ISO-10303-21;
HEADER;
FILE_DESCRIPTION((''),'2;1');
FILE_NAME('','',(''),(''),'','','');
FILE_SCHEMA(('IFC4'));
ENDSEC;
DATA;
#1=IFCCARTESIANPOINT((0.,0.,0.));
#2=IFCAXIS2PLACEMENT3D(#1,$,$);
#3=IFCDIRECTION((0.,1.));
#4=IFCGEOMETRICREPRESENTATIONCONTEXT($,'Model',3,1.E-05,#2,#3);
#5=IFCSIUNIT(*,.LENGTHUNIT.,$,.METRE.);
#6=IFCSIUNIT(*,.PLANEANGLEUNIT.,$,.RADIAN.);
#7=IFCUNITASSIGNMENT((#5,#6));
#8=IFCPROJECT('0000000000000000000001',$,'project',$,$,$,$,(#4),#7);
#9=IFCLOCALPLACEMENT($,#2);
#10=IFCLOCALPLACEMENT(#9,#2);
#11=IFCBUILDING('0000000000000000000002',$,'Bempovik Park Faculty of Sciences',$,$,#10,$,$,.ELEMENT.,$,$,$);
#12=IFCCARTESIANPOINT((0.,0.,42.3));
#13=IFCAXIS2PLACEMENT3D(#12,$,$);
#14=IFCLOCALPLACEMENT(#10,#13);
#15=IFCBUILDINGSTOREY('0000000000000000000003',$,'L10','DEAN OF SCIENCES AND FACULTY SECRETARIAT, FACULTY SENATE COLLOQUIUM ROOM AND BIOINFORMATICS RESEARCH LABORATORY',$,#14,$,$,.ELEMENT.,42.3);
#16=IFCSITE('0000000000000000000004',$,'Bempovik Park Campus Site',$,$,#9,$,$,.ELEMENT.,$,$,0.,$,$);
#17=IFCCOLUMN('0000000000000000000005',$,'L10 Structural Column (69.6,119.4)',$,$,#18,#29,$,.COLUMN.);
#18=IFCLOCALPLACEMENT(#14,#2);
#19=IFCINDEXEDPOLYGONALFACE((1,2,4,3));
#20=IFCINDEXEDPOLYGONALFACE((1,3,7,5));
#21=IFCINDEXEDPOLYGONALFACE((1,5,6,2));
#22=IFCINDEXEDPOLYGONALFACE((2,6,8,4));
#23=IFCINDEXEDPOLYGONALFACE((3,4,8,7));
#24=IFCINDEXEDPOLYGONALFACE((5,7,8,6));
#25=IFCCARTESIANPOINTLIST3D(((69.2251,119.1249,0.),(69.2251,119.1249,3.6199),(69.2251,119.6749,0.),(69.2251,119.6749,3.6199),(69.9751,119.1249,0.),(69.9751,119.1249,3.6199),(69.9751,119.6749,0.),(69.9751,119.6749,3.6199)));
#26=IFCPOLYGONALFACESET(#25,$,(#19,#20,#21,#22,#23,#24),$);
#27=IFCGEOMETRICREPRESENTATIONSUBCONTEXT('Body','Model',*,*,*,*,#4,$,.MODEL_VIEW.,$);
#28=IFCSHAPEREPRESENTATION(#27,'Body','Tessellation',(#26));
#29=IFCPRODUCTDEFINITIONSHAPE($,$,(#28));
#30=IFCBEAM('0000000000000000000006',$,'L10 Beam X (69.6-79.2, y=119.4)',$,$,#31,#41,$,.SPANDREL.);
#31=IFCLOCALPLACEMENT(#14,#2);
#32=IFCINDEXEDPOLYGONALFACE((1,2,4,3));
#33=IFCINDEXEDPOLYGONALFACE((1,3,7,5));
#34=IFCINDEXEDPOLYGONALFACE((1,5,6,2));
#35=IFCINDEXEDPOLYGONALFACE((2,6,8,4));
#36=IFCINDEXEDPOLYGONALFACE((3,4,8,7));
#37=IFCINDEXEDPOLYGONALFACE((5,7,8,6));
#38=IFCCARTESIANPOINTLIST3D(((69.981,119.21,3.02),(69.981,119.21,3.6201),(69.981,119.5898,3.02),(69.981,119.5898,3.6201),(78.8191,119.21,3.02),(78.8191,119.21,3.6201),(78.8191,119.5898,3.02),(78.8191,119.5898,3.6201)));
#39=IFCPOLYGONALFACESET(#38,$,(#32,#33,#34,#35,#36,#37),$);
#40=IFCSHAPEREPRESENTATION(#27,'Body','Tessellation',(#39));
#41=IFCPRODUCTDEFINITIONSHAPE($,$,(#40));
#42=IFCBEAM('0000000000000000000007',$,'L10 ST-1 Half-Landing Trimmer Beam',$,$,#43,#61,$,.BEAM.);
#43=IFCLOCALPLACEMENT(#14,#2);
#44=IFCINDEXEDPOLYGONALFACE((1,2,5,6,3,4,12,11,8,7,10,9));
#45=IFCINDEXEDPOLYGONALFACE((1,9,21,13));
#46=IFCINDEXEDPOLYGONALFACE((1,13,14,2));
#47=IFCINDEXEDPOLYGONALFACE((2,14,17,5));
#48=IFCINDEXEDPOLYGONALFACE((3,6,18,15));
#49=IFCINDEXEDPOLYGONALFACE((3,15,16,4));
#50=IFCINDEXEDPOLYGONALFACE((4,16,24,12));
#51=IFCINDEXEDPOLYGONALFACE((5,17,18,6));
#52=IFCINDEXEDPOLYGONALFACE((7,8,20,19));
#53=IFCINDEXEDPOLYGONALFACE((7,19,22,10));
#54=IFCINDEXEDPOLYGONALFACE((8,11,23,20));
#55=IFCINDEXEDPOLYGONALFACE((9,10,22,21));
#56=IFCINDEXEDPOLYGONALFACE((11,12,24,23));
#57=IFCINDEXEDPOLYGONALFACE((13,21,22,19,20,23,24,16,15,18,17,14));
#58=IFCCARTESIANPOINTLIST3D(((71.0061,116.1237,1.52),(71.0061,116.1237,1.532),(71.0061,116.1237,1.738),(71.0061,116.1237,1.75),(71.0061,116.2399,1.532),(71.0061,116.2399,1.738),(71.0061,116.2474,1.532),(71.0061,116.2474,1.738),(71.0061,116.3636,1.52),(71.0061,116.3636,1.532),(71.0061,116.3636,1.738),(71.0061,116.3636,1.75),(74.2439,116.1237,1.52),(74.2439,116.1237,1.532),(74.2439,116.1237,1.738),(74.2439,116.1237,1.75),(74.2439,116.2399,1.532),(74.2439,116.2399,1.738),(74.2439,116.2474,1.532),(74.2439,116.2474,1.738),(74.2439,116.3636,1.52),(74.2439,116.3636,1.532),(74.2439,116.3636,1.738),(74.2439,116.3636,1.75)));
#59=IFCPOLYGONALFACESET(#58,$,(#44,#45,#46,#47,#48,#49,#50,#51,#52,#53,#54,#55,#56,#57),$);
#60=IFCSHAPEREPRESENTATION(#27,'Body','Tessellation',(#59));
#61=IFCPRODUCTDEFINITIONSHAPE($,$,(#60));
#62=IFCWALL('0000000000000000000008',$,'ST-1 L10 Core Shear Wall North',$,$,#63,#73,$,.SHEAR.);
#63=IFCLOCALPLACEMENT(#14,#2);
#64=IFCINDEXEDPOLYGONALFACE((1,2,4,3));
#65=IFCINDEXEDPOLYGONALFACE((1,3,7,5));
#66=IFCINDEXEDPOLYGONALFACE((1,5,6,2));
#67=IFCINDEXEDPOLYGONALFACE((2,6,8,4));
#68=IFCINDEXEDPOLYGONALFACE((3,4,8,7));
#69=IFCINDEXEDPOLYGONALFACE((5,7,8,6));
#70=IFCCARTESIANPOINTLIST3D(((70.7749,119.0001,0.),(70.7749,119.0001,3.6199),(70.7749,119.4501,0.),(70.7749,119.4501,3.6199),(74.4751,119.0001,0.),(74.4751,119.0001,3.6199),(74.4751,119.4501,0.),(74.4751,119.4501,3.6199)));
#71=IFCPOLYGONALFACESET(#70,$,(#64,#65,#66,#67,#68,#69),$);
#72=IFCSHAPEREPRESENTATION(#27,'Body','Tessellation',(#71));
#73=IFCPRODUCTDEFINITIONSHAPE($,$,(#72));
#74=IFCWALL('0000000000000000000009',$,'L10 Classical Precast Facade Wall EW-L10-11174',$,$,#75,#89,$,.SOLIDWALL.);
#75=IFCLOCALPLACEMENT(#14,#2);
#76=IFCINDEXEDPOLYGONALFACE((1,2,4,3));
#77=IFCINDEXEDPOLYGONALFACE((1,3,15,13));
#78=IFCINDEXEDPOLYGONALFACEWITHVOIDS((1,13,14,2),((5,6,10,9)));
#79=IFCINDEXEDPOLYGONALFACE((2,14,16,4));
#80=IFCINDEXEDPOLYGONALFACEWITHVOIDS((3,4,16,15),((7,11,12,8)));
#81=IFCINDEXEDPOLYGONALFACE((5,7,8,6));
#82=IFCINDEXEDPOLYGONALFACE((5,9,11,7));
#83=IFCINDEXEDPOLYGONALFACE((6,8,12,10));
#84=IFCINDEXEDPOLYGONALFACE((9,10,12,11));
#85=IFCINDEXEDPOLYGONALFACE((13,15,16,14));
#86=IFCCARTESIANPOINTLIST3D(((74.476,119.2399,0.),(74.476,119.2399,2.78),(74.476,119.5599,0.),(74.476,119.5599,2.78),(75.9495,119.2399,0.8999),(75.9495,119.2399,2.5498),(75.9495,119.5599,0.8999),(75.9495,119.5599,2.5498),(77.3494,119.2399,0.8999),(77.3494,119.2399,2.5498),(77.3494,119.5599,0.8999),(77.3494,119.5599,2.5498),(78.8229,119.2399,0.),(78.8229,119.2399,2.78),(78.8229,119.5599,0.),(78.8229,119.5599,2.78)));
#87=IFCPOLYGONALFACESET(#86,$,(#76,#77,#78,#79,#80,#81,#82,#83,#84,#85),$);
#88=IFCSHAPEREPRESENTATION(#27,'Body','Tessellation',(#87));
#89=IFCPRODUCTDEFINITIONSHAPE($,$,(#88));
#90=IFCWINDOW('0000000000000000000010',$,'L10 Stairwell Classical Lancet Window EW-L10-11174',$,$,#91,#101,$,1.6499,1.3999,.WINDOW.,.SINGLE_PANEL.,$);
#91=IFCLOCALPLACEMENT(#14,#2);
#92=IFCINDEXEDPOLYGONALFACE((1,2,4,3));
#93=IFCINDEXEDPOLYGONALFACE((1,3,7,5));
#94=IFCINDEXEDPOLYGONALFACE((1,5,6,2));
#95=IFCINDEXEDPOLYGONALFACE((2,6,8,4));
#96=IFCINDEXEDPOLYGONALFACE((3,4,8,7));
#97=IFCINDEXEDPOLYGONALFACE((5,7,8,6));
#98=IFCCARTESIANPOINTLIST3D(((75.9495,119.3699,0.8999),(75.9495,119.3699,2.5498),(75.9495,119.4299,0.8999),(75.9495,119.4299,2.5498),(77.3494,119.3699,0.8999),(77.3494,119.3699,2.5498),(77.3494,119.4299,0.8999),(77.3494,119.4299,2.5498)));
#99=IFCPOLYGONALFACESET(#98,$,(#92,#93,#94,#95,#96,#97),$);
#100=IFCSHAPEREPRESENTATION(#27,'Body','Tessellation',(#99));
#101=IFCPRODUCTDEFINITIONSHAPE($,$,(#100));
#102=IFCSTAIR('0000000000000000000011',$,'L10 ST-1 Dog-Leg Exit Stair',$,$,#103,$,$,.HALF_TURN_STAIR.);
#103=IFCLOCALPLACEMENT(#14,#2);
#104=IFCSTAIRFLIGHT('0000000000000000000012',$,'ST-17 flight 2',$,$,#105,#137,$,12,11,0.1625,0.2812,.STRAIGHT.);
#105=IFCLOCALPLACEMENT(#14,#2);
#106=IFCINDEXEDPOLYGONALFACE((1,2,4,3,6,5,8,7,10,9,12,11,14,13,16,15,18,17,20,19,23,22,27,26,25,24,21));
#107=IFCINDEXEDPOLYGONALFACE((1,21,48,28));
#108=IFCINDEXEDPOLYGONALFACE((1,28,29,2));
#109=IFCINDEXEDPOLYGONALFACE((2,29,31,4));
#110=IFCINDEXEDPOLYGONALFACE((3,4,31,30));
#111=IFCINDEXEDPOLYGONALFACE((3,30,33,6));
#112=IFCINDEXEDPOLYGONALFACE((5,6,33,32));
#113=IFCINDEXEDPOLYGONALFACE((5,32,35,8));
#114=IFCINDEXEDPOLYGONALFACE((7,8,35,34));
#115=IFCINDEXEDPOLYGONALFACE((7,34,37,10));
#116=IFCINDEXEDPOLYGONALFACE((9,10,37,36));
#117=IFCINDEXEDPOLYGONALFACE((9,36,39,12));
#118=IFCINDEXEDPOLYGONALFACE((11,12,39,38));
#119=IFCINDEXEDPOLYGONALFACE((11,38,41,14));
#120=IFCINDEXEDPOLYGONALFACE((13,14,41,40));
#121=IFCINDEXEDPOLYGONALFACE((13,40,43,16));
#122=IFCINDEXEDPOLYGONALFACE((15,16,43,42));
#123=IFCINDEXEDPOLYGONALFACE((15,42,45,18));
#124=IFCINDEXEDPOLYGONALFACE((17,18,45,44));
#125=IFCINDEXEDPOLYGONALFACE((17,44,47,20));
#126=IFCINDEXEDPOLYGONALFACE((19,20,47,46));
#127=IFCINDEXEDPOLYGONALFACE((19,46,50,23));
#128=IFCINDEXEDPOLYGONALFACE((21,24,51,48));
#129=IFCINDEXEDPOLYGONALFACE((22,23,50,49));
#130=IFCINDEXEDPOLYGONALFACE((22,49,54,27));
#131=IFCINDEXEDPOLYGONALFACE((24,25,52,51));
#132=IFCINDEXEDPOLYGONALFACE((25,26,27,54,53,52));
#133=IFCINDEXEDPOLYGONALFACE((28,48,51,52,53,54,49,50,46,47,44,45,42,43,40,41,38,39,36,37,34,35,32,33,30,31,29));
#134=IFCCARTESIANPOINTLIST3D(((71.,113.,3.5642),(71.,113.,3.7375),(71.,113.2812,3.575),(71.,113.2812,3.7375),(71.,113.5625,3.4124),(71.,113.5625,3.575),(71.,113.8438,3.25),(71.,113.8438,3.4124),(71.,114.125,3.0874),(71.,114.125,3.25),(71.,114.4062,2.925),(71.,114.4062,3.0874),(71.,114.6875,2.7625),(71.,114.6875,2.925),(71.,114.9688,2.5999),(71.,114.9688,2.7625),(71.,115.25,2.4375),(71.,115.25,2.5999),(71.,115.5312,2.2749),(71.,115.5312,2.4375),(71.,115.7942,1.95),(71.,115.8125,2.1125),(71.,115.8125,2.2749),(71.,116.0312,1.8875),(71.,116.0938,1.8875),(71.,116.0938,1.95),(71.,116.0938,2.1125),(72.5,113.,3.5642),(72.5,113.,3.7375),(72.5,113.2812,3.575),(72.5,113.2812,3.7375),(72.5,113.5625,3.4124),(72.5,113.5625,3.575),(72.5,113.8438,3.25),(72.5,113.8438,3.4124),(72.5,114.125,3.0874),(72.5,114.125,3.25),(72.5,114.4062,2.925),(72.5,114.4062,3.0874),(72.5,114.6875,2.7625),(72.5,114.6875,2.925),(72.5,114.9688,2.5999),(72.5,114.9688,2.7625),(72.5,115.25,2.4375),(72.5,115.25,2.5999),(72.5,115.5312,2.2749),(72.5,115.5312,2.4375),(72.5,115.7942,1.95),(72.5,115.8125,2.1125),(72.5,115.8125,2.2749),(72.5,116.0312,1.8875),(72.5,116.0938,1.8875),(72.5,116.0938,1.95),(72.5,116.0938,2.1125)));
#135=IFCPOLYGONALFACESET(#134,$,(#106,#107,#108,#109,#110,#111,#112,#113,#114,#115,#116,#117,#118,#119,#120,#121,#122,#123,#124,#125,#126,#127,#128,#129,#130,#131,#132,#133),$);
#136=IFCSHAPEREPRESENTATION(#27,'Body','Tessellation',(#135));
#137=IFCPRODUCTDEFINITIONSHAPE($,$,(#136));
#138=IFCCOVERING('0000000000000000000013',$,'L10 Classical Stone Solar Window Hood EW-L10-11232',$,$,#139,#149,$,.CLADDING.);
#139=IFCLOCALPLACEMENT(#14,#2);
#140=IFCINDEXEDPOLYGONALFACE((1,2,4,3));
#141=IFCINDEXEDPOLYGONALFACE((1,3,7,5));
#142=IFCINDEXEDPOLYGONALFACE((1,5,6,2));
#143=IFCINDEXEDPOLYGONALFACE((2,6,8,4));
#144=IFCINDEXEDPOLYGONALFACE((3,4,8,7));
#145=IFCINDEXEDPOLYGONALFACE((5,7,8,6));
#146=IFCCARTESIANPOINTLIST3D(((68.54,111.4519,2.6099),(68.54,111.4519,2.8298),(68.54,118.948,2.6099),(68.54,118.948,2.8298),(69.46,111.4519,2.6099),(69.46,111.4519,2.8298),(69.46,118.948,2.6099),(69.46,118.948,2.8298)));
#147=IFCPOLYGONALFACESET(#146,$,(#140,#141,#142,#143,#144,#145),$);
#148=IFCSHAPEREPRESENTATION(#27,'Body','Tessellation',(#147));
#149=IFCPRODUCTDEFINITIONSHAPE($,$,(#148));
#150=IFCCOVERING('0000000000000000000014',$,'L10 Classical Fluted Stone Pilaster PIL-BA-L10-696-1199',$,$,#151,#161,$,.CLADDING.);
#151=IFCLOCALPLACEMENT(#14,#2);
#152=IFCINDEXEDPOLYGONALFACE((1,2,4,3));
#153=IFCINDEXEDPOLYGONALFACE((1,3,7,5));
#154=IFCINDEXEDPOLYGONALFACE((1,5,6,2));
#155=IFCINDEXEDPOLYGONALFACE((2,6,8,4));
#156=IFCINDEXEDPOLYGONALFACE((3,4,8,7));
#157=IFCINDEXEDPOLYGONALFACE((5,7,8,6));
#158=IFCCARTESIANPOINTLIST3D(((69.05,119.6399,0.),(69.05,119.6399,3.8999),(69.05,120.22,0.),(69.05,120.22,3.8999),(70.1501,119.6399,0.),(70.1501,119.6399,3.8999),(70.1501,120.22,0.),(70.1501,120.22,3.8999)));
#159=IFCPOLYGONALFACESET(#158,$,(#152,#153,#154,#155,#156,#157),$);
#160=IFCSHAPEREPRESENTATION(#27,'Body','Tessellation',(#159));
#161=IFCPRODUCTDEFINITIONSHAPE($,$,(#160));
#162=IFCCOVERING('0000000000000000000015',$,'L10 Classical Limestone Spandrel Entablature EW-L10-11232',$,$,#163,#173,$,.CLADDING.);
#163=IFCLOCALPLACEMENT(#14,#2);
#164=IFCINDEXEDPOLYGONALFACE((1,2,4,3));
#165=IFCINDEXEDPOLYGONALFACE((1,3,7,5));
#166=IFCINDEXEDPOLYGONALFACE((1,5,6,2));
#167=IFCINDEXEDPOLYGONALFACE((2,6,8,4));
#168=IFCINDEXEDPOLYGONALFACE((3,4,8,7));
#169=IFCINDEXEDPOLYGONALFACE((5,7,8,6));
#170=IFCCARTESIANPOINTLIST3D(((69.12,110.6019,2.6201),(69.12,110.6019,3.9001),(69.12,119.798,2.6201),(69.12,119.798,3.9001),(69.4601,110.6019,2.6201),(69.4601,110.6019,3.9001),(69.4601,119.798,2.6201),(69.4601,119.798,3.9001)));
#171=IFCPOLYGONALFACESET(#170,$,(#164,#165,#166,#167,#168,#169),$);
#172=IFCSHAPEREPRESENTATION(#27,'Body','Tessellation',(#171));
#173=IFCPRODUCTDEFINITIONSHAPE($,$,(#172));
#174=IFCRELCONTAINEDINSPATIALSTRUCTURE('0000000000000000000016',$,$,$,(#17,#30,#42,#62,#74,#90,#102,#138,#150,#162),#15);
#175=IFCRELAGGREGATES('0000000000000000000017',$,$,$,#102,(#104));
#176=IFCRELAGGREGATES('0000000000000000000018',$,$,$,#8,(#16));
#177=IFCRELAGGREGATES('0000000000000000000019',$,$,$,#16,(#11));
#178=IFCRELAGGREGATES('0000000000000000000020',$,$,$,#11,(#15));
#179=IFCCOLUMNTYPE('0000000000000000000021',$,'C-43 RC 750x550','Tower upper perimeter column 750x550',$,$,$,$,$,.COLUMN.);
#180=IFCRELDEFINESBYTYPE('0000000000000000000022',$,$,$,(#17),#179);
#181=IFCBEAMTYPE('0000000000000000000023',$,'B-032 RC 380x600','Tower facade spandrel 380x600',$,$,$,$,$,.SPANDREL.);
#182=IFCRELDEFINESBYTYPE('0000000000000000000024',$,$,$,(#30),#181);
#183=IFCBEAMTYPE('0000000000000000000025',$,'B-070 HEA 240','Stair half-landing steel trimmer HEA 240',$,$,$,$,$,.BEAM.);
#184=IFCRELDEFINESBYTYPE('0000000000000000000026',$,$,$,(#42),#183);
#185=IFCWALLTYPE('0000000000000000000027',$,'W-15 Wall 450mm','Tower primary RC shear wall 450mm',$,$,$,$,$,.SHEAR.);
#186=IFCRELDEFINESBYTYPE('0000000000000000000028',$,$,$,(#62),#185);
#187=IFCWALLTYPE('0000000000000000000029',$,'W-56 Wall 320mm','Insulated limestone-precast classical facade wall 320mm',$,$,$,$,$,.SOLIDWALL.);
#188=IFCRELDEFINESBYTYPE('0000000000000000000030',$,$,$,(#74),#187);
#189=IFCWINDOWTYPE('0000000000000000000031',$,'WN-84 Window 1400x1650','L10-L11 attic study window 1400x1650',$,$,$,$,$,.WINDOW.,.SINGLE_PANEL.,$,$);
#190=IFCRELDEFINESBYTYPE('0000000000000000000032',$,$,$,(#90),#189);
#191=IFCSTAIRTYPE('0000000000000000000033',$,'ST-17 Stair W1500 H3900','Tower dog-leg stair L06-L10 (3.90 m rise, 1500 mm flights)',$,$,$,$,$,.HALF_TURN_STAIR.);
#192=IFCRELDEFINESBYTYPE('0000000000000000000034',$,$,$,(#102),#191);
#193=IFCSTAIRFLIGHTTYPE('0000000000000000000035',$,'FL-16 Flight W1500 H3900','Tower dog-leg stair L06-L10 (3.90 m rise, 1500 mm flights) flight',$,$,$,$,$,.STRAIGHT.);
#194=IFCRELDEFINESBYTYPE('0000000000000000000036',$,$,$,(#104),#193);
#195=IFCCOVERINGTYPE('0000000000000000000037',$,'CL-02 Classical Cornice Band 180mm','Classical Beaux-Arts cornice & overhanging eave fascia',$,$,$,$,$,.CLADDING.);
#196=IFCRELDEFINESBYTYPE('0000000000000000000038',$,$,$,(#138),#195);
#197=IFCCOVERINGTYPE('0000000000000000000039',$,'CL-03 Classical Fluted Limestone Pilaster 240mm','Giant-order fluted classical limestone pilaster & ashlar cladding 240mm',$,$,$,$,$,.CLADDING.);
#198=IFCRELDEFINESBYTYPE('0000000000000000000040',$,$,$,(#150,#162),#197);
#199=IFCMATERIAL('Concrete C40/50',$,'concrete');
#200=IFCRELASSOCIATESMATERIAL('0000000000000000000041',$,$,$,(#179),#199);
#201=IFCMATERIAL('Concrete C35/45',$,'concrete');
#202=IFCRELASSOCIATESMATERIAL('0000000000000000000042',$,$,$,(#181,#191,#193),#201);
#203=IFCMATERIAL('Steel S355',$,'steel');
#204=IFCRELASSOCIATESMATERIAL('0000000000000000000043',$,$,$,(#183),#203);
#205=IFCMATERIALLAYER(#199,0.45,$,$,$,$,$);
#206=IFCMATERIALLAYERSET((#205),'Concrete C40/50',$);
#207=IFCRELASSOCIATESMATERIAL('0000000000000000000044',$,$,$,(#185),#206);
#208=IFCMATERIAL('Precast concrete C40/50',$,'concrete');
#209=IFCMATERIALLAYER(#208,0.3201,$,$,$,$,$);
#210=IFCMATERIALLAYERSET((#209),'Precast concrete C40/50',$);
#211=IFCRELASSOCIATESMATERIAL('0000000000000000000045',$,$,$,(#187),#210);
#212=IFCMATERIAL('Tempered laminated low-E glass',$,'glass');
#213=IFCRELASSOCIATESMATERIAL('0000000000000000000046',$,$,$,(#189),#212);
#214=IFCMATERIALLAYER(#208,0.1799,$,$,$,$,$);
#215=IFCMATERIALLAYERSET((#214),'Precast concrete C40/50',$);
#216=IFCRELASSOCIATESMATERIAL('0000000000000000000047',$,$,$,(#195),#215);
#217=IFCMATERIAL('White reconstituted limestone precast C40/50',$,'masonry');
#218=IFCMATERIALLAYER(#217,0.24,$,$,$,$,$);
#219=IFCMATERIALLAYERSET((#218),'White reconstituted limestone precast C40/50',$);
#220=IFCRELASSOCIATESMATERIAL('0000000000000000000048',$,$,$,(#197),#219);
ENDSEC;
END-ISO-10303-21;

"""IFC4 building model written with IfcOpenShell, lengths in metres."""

from ifc_helpers import new_model, si_unit, direction, frame, frame_2d, origin, origin_2d, place, context, subcontext, project, spatial, polyline, rectangle, i_section, outline, extrude, material, layer, layer_set, material_profile, profile_set, type_object, element, fill, aggregate, save


model = new_model("IFC4")

# Units and contexts
model_context = context("Model", 3, precision=1e-05, world=origin(), true_north=direction((0.0, 1.0)))
body_context = subcontext(model_context, "Body", "Model", "MODEL_VIEW")
ifc_project = project(units=[si_unit("LENGTHUNIT", "METRE"), si_unit("PLANEANGLEUNIT", "RADIAN")], contexts=[model_context])

# Site, building, storey
site_placement = place(None, origin())
site = spatial("IfcSite", under=ifc_project, at=site_placement, Name="Bempovik Park Campus Site", CompositionType="ELEMENT", RefElevation=0.0)
building_placement = place(site_placement, origin())
building = spatial("IfcBuilding", under=site, at=building_placement, Name="Bempovik Park Faculty of Sciences", CompositionType="ELEMENT")
storey_placement = place(building_placement, frame((0.0, 0.0, 42.3)))
storey = spatial("IfcBuildingStorey", under=building, at=storey_placement, Name="L10", Description="DEAN OF SCIENCES AND FACULTY SECRETARIAT, FACULTY SENATE COLLOQUIUM ROOM AND BIOINFORMATICS RESEARCH LABORATORY", CompositionType="ELEMENT", Elevation=42.3)

# Column
ifc_material_1 = material(Name="Concrete C40/50", Category="concrete")
ifc_material_profile_1 = material_profile(ifc_material_1, rectangle(XDim=0.75, YDim=0.55, at=origin_2d()), Name="RC 750x550")
ifc_profile_set_1 = profile_set([ifc_material_profile_1], Name="Concrete C40/50")
column_type = type_object("IfcColumnType", Name="C-43 RC 750x550", Description="Tower upper perimeter column 750x550", PredefinedType="COLUMN", material=ifc_profile_set_1)
column_placement = place(storey_placement, frame((69.6001, 119.3999, 0.0), z_axis=(0.0, 0.0, 1.0), x_axis=(1.0, 0.0, 0.0)))
element("IfcColumn", 1, at=column_placement, inside=storey, type_object=column_type, Name="L10 Structural Column (69.6,119.4)", PredefinedType="COLUMN", context=body_context, shape_type="SweptSolid", body=[
    extrude(rectangle(XDim=0.75, YDim=0.55, at=origin_2d()), origin(), (0.0, 0.0, 1.0), 3.6199),
])

# Beams
ifc_material_2 = material(Name="Concrete C35/45", Category="concrete")
ifc_material_profile_2 = material_profile(ifc_material_2, rectangle(XDim=0.3799, YDim=0.6001, at=origin_2d()), Name="RC 380x600")
ifc_profile_set_2 = profile_set([ifc_material_profile_2], Name="Concrete C35/45")
beam_type_1 = type_object("IfcBeamType", Name="B-032 RC 380x600", Description="Tower facade spandrel 380x600", PredefinedType="SPANDREL", material=ifc_profile_set_2)
beam_1_placement = place(storey_placement, frame((69.981, 119.3999, 3.3201), z_axis=(1.0, 0.0, 0.0), x_axis=(0.0, 1.0, 0.0)))
element("IfcBeam", 2, at=beam_1_placement, inside=storey, type_object=beam_type_1, Name="L10 Beam X (69.6-79.2, y=119.4)", PredefinedType="SPANDREL", context=body_context, shape_type="SweptSolid", body=[
    extrude(rectangle(XDim=0.3799, YDim=0.6001, at=origin_2d()), origin(), (0.0, 0.0, 1.0), 8.8381),
])
ifc_material_3 = material(Name="Steel S355", Category="steel")
ifc_material_profile_3 = material_profile(ifc_material_3, i_section(OverallWidth=0.24, OverallDepth=0.23, WebThickness=0.0076, FlangeThickness=0.012, at=origin_2d()), Name="HEA 240")
ifc_profile_set_3 = profile_set([ifc_material_profile_3], Name="Steel S355")
beam_type_2 = type_object("IfcBeamType", Name="B-070 HEA 240", Description="Stair half-landing steel trimmer HEA 240", PredefinedType="BEAM", material=ifc_profile_set_3)
beam_2_placement = place(storey_placement, frame((71.0061, 116.2437, 1.635), z_axis=(1.0, 0.0, 0.0), x_axis=(0.0, 1.0, 0.0)))
element("IfcBeam", 3, at=beam_2_placement, inside=storey, type_object=beam_type_2, Name="L10 ST-1 Half-Landing Trimmer Beam", PredefinedType="BEAM", context=body_context, shape_type="SweptSolid", body=[
    extrude(i_section(OverallWidth=0.24, OverallDepth=0.23, WebThickness=0.0076, FlangeThickness=0.012, at=origin_2d()), origin(), (0.0, 0.0, 1.0), 3.2378),
])

# Wall
ifc_layer_1 = layer(ifc_material_1, 0.45)
ifc_layer_set_1 = layer_set([ifc_layer_1], Name="Concrete C40/50")
wall_type_1 = type_object("IfcWallType", Name="W-15 Wall 450mm", Description="Tower primary RC shear wall 450mm", PredefinedType="SHEAR", material=ifc_layer_set_1)
wall_1_placement = place(storey_placement, frame((70.7749, 119.2251, 0.0), z_axis=(0.0, 0.0, 1.0), x_axis=(1.0, 0.0, 0.0)))
element("IfcWall", 4, at=wall_1_placement, inside=storey, type_object=wall_type_1, Name="ST-1 L10 Core Shear Wall North", PredefinedType="SHEAR", context=body_context, shape_type="SweptSolid", body=[
    extrude(rectangle(XDim=3.7002, YDim=0.45, at=frame_2d((1.8501, 0.0))), origin(), (0.0, 0.0, 1.0), 3.6199),
])

# Wall, opening, window
ifc_material_4 = material(Name="Precast concrete C40/50", Category="concrete")
ifc_layer_2 = layer(ifc_material_4, 0.3201)
ifc_layer_set_2 = layer_set([ifc_layer_2], Name="Precast concrete C40/50")
wall_type_2 = type_object("IfcWallType", Name="W-56 Wall 320mm", Description="Insulated limestone-precast classical facade wall 320mm", PredefinedType="SOLIDWALL", material=ifc_layer_set_2)
wall_2_placement = place(storey_placement, frame((74.4761, 119.3999, 0.0), z_axis=(0.0, 0.0, 1.0), x_axis=(1.0, 0.0, 0.0)))
wall_2 = element("IfcWall", 5, at=wall_2_placement, inside=storey, type_object=wall_type_2, Name="L10 Classical Precast Facade Wall EW-L10-11174", PredefinedType="SOLIDWALL", context=body_context, shape_type="SweptSolid", body=[
    extrude(rectangle(XDim=4.3469, YDim=0.3201, at=frame_2d((2.1733, 0.0))), origin(), (0.0, 0.0, 1.0), 2.78),
])
opening_placement = place(wall_2_placement, frame((1.4734, 0.0, 0.8999)))
opening = element("IfcOpeningElement", 6, at=opening_placement, cuts=wall_2, PredefinedType="OPENING", context=body_context, shape_type="SweptSolid", body=[
    extrude(rectangle(XDim=1.3999, YDim=1.6499, at=frame_2d((0.7, 0.825))), frame((0.0, 0.1699, 0.0), z_axis=(0.0, -1.0, 0.0), x_axis=(1.0, 0.0, 0.0)), (0.0, 0.0, 1.0), 0.3401),
])
ifc_material_5 = material(Name="Tempered laminated low-E glass", Category="glass")
window_type = type_object("IfcWindowType", Name="WN-84 Window 1400x1650", Description="L10-L11 attic study window 1400x1650", PartitioningType="SINGLE_PANEL", PredefinedType="WINDOW", material=ifc_material_5)
window_placement = place(opening_placement, origin())
window = element("IfcWindow", 7, at=window_placement, inside=storey, type_object=window_type, Name="L10 Stairwell Classical Lancet Window EW-L10-11174", OverallHeight=1.6499, OverallWidth=1.3999, PartitioningType="SINGLE_PANEL", PredefinedType="WINDOW", context=body_context, shape_type="SweptSolid", body=[
    extrude(rectangle(XDim=1.3999, YDim=1.6499, at=frame_2d((0.7, 0.825))), frame((0.0, 0.03, 0.0), z_axis=(0.0, -1.0, 0.0), x_axis=(1.0, 0.0, 0.0)), (0.0, 0.0, 1.0), 0.0601),
])
fill(opening, window)

# Stair, stair flight
stair_type = type_object("IfcStairType", Name="ST-17 Stair W1500 H3900", Description="Tower dog-leg stair L06-L10 (3.90 m rise, 1500 mm flights)", PredefinedType="HALF_TURN_STAIR", material=ifc_material_2)
stair_placement = place(storey_placement, origin())
stair = element("IfcStair", 8, at=stair_placement, inside=storey, type_object=stair_type, Name="L10 ST-1 Dog-Leg Exit Stair", PredefinedType="HALF_TURN_STAIR")
stair_flight_type = type_object("IfcStairFlightType", Name="FL-16 Flight W1500 H3900", Description="Tower dog-leg stair L06-L10 (3.90 m rise, 1500 mm flights) flight", PredefinedType="STRAIGHT", material=ifc_material_2)
stair_flight_placement = place(storey_placement, frame((71.75, 116.0938, 1.95), z_axis=(0.0, 0.0, 1.0), x_axis=(0.0, -1.0, 0.0)))
stair_flight = element("IfcStairFlight", 9, at=stair_flight_placement, type_object=stair_flight_type, Name="ST-17 flight 2", NumberOfRisers=12, NumberOfTreads=11, PredefinedType="STRAIGHT", RiserHeight=0.1625, TreadLength=0.2812, context=body_context, shape_type="SweptSolid", body=[
    extrude(outline(polyline([(0.0, 0.0), (0.0, 0.1626), (0.2812, 0.1626), (0.2812, 0.325), (0.5625, 0.325), (0.5625, 0.4875), (0.8438, 0.4875), (0.8438, 0.6499), (1.125, 0.6499), (1.125, 0.8125), (1.4062, 0.8125), (1.4062, 0.9751), (1.6875, 0.9751), (1.6875, 1.1375), (1.9688, 1.1375), (1.9688, 1.3), (2.25, 1.3), (2.25, 1.4624), (2.5312, 1.4624), (2.5312, 1.625), (2.8125, 1.625), (2.8125, 1.7876), (3.0938, 1.7876), (3.0938, 1.95), (3.0938, 1.6143), (0.2996, 0.0), (0.0625, -0.0625), (0.0, -0.0625), (0.0, 0.0)])), frame((0.0, 0.75, 0.0), z_axis=(0.0, -1.0, 0.0), x_axis=(1.0, 0.0, 0.0)), (0.0, 0.0, 1.0), 1.5),
])
aggregate(stair, [stair_flight])

# Coverings
ifc_layer_3 = layer(ifc_material_4, 0.1799)
ifc_layer_set_3 = layer_set([ifc_layer_3], Name="Precast concrete C40/50")
covering_type_1 = type_object("IfcCoveringType", Name="CL-02 Classical Cornice Band 180mm", Description="Classical Beaux-Arts cornice & overhanging eave fascia", PredefinedType="CLADDING", material=ifc_layer_set_3)
covering_1_placement = place(storey_placement, frame((69.0, 115.2, 2.6099), z_axis=(0.0, 0.0, 1.0), x_axis=(1.0, 0.0, 0.0)))
element("IfcCovering", 10, at=covering_1_placement, inside=storey, type_object=covering_type_1, Name="L10 Classical Stone Solar Window Hood EW-L10-11232", PredefinedType="CLADDING", context=body_context, shape_type="SweptSolid", body=[
    extrude(rectangle(XDim=0.9199, YDim=7.4961, at=origin_2d()), origin(), (0.0, 0.0, 1.0), 0.22),
])
ifc_material_6 = material(Name="White reconstituted limestone precast C40/50", Category="masonry")
ifc_layer_4 = layer(ifc_material_6, 0.24)
ifc_layer_set_4 = layer_set([ifc_layer_4], Name="White reconstituted limestone precast C40/50")
covering_type_2 = type_object("IfcCoveringType", Name="CL-03 Classical Fluted Limestone Pilaster 240mm", Description="Giant-order fluted classical limestone pilaster & ashlar cladding 240mm", PredefinedType="CLADDING", material=ifc_layer_set_4)
covering_2_placement = place(storey_placement, frame((69.6001, 119.9299, 0.0), z_axis=(0.0, 0.0, 1.0), x_axis=(1.0, 0.0, 0.0)))
element("IfcCovering", 11, at=covering_2_placement, inside=storey, type_object=covering_type_2, Name="L10 Classical Fluted Stone Pilaster PIL-BA-L10-696-1199", PredefinedType="CLADDING", context=body_context, shape_type="SweptSolid", body=[
    extrude(rectangle(XDim=1.1001, YDim=0.5801, at=origin_2d()), origin(), (0.0, 0.0, 1.0), 3.8999),
])
covering_3_placement = place(storey_placement, frame((69.29, 115.2, 2.6201), z_axis=(0.0, 0.0, 1.0), x_axis=(1.0, 0.0, 0.0)))
element("IfcCovering", 12, at=covering_3_placement, inside=storey, type_object=covering_type_2, Name="L10 Classical Limestone Spandrel Entablature EW-L10-11232", PredefinedType="CLADDING", context=body_context, shape_type="SweptSolid", body=[
    extrude(rectangle(XDim=0.3401, YDim=9.196, at=origin_2d()), origin(), (0.0, 0.0, 1.0), 1.28),
])

save(model, "model.ifc")
